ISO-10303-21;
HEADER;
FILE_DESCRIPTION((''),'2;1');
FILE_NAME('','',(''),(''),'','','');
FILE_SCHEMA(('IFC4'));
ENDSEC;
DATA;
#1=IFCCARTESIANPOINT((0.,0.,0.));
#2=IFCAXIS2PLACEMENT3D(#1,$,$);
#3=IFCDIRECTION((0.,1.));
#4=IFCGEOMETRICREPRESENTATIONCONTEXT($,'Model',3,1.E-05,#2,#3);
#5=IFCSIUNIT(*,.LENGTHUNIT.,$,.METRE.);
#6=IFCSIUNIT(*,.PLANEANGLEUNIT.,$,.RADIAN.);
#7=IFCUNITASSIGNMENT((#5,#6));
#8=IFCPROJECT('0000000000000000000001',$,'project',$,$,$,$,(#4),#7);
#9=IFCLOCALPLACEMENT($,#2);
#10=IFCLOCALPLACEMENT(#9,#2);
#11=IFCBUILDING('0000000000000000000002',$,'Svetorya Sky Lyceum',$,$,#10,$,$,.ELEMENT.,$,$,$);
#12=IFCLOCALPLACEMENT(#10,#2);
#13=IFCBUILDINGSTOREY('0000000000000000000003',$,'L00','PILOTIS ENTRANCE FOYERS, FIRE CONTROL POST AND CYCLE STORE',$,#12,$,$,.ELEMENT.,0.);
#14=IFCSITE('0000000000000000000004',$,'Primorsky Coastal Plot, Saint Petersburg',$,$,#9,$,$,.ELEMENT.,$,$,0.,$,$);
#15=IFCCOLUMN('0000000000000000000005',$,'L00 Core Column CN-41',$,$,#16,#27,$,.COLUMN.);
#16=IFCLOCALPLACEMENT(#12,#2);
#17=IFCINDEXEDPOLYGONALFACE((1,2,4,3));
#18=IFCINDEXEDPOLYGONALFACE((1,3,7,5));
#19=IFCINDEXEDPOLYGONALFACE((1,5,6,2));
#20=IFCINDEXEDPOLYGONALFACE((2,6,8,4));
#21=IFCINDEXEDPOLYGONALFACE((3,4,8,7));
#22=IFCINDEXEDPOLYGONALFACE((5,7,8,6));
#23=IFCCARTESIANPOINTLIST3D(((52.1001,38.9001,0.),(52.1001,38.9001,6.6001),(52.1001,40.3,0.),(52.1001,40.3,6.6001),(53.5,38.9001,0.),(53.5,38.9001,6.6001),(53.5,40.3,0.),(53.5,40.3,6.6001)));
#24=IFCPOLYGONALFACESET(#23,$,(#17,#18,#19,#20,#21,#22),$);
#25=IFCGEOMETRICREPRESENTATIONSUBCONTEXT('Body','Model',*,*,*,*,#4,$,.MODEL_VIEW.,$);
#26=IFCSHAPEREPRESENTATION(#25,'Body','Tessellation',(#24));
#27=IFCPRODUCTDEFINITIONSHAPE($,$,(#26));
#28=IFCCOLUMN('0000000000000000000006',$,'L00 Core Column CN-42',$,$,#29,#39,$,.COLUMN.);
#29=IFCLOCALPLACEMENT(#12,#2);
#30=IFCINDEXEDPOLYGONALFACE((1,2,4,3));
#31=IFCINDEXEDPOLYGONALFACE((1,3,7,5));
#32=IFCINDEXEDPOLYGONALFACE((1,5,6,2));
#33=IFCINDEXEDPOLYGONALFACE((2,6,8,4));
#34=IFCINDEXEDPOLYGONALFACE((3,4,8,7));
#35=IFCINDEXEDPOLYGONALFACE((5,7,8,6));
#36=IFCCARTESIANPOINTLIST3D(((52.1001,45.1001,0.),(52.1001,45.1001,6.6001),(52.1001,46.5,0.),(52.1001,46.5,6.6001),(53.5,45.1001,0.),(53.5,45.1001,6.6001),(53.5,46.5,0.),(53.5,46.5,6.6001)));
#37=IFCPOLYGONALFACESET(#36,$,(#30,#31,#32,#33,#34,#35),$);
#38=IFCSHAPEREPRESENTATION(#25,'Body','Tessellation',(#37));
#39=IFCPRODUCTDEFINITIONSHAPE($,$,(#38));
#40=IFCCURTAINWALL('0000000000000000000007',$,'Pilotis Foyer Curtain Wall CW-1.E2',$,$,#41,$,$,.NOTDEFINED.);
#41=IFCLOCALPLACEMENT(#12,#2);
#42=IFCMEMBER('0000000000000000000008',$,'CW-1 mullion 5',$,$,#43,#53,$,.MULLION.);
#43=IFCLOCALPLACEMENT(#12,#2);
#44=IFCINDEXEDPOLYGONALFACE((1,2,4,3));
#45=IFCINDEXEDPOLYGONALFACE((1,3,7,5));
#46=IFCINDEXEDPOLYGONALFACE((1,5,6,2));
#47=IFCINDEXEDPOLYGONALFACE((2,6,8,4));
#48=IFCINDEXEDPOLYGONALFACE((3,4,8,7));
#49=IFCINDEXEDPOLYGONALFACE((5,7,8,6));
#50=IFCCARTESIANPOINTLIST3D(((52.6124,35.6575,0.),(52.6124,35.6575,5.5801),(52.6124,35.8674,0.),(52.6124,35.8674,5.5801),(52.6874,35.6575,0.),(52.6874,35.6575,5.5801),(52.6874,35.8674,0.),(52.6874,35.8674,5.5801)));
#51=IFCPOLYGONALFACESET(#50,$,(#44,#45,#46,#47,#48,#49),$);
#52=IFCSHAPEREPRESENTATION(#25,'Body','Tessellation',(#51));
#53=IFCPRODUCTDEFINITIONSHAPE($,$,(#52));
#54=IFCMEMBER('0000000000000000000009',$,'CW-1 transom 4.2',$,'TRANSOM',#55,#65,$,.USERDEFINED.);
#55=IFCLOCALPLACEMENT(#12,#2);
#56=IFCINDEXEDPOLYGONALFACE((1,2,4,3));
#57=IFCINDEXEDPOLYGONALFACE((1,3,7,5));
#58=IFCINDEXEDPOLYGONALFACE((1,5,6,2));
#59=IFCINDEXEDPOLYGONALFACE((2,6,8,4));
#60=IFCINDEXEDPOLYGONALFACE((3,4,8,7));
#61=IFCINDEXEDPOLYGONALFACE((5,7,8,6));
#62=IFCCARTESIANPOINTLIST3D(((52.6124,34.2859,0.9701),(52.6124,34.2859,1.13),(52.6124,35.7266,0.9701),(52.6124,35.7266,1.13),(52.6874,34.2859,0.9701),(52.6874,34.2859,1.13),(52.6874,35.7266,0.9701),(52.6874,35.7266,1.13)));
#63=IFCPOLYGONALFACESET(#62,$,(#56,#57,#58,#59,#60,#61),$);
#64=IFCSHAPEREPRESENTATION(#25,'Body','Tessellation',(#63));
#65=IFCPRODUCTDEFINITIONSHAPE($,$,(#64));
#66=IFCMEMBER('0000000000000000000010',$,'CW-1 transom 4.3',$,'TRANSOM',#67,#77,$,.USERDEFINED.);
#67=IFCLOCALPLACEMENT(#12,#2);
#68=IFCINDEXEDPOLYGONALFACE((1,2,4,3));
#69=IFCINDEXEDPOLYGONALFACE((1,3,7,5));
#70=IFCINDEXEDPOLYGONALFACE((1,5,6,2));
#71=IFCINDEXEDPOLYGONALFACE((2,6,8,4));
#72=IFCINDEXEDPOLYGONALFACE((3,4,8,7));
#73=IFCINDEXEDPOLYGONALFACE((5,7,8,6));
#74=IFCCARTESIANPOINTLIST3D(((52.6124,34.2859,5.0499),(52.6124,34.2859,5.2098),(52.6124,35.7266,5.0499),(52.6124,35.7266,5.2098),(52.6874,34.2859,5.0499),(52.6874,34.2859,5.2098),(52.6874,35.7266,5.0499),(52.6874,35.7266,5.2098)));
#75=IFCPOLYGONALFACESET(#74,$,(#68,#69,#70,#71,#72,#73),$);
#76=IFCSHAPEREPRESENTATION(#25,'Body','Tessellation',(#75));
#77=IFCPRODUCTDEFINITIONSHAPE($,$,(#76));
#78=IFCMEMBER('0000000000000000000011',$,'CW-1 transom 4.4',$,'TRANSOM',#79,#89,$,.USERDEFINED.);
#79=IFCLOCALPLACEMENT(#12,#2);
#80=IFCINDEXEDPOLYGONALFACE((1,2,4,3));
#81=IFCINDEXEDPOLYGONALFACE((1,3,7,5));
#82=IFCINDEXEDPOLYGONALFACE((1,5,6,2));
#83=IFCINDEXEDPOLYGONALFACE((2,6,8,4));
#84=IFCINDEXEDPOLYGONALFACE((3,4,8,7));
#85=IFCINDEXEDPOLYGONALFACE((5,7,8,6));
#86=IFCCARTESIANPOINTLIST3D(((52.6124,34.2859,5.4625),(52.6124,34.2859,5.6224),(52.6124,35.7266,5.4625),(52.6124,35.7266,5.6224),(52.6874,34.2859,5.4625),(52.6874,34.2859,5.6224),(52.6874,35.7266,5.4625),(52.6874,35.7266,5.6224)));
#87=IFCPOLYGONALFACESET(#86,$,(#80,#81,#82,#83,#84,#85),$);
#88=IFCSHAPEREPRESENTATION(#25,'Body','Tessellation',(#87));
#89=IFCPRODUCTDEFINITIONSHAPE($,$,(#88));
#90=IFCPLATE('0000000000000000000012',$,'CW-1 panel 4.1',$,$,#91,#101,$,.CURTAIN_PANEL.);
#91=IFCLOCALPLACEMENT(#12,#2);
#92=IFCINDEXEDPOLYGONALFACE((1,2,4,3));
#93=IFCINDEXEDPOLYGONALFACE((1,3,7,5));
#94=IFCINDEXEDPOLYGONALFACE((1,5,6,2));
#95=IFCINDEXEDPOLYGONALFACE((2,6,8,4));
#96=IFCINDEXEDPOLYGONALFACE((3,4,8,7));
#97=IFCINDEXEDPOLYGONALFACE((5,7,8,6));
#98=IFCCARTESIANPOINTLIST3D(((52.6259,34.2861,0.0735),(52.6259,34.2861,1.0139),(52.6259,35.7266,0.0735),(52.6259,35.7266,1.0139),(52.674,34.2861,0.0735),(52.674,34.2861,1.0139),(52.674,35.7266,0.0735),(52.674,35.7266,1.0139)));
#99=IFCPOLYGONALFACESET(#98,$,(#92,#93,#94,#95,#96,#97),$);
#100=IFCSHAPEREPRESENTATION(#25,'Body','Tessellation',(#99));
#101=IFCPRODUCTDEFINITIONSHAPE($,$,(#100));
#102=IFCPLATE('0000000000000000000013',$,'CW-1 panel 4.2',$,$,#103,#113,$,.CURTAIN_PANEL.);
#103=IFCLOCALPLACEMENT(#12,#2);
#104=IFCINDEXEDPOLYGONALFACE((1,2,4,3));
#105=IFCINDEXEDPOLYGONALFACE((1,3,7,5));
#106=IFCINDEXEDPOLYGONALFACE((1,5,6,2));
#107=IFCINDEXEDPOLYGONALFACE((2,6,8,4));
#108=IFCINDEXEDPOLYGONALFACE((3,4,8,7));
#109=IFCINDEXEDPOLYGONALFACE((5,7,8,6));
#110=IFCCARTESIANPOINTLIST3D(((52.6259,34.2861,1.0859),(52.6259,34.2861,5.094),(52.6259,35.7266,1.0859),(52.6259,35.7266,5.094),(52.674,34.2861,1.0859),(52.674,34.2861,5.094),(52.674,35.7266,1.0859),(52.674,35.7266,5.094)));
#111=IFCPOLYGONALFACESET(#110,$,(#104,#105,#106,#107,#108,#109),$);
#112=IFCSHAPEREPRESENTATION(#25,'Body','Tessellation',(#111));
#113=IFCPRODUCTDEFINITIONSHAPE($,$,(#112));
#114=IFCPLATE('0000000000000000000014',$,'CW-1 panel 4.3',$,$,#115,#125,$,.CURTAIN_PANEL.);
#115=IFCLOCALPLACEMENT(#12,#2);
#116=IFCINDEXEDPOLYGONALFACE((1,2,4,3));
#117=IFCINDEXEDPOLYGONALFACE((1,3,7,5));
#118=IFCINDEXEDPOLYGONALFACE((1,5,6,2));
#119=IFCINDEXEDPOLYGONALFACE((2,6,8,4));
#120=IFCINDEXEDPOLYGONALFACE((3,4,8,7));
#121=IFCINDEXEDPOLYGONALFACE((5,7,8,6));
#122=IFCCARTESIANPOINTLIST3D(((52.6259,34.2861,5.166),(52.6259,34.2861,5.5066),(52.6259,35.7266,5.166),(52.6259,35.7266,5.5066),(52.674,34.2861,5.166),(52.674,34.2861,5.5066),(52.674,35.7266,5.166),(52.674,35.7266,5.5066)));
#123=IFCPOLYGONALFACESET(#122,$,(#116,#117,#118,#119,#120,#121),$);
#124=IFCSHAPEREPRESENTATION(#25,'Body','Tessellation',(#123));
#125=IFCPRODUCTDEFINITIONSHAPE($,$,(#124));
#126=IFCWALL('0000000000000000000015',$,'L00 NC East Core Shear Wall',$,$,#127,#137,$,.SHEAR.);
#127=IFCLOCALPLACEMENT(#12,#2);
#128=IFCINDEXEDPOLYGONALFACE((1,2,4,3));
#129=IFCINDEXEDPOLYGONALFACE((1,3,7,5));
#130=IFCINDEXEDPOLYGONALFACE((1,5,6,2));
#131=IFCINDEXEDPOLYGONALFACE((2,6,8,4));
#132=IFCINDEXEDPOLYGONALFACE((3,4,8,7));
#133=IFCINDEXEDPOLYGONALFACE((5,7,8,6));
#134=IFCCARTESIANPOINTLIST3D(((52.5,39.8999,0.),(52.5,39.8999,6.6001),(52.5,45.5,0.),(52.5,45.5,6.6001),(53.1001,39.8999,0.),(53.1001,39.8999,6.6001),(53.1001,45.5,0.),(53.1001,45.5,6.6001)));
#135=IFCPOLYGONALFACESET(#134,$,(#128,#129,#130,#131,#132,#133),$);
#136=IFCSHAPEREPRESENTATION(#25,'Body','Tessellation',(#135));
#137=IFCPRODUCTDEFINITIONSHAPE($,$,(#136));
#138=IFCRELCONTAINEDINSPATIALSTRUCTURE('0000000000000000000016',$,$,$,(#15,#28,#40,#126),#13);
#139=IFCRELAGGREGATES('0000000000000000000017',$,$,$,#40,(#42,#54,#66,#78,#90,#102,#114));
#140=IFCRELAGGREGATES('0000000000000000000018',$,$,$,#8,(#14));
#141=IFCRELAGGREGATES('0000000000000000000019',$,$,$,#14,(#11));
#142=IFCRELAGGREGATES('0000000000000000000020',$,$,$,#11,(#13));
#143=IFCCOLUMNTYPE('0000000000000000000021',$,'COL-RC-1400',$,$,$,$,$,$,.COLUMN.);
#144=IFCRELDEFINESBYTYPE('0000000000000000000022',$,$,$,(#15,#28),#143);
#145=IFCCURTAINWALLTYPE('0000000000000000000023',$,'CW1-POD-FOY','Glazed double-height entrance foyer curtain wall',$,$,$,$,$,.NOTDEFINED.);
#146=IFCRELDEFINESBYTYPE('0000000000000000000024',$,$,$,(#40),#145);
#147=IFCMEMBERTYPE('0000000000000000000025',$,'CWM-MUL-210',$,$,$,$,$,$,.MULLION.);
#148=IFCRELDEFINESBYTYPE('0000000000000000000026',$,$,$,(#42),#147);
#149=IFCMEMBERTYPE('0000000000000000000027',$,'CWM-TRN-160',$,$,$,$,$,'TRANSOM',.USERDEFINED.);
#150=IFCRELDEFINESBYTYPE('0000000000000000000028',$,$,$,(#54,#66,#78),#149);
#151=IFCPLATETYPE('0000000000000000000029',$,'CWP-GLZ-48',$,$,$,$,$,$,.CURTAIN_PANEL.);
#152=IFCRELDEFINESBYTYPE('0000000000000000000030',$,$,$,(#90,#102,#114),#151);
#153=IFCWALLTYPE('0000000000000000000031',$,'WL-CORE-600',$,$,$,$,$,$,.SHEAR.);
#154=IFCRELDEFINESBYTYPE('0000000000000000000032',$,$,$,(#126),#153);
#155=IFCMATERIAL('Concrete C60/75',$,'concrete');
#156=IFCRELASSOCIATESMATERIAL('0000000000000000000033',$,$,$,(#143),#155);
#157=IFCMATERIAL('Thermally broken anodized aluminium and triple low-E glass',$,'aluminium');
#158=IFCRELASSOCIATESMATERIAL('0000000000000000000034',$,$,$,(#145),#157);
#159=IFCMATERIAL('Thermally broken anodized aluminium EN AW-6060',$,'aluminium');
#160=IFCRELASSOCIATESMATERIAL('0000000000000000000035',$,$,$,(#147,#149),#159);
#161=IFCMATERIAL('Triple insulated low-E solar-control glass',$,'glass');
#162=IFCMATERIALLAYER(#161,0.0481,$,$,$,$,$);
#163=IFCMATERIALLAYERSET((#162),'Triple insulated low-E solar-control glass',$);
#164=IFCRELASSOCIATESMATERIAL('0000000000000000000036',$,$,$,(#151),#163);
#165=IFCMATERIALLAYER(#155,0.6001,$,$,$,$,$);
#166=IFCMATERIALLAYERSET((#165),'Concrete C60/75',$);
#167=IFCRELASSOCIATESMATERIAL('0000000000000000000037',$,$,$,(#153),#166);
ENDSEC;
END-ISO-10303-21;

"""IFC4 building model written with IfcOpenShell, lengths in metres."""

from ifc_helpers import new_model, si_unit, direction, frame, frame_2d, origin, origin_2d, place, context, subcontext, project, spatial, rectangle, extrude, material, layer, layer_set, material_profile, profile_set, type_object, element, aggregate, save


model = new_model("IFC4")

# Units and contexts
model_context = context("Model", 3, precision=1e-05, world=origin(), true_north=direction((0.0, 1.0)))
body_context = subcontext(model_context, "Body", "Model", "MODEL_VIEW")
ifc_project = project(units=[si_unit("LENGTHUNIT", "METRE"), si_unit("PLANEANGLEUNIT", "RADIAN")], contexts=[model_context])

# Site, building, storey
site_placement = place(None, origin())
site = spatial("IfcSite", under=ifc_project, at=site_placement, Name="Primorsky Coastal Plot, Saint Petersburg", CompositionType="ELEMENT", RefElevation=0.0)
building_placement = place(site_placement, origin())
building = spatial("IfcBuilding", under=site, at=building_placement, Name="Svetorya Sky Lyceum", CompositionType="ELEMENT")
storey_placement = place(building_placement, origin())
storey = spatial("IfcBuildingStorey", under=building, at=storey_placement, Name="L00", Description="PILOTIS ENTRANCE FOYERS, FIRE CONTROL POST AND CYCLE STORE", CompositionType="ELEMENT", Elevation=0.0)

# Columns
ifc_material_1 = material(Name="Concrete C60/75", Category="concrete")
ifc_material_profile_1 = material_profile(ifc_material_1, rectangle(XDim=1.3999, YDim=1.3999, at=origin_2d()), Name="RC COL 1400x1400")
ifc_profile_set_1 = profile_set([ifc_material_profile_1], Name="Concrete C60/75")
column_type = type_object("IfcColumnType", Name="COL-RC-1400", PredefinedType="COLUMN", material=ifc_profile_set_1)
for number, where, z_axis, x_axis, name in (
    (1, (52.8, 39.6001, 0.0), (0.0, 0.0, 1.0), (1.0, 0.0, 0.0), "L00 Core Column CN-41"),
    (2, (52.8, 45.8, 0.0), (0.0, 0.0, 1.0), (1.0, 0.0, 0.0), "L00 Core Column CN-42"),
):
    element("IfcColumn", number, at=place(storey_placement, frame(where, z_axis=z_axis, x_axis=x_axis)), inside=storey, type_object=column_type, Name=name, PredefinedType="COLUMN", context=body_context, shape_type="SweptSolid", body=[
        extrude(rectangle(XDim=1.3999, YDim=1.3999, at=origin_2d()), origin(), (0.0, 0.0, 1.0), 6.6001),
    ])

# Curtain wall, members, plates
ifc_material_2 = material(Name="Thermally broken anodized aluminium and triple low-E glass", Category="aluminium")
curtain_wall_type = type_object("IfcCurtainWallType", Name="CW1-POD-FOY", Description="Glazed double-height entrance foyer curtain wall", PredefinedType="NOTDEFINED", material=ifc_material_2)
curtain_wall_placement = place(storey_placement, origin())
curtain_wall = element("IfcCurtainWall", 3, at=curtain_wall_placement, inside=storey, type_object=curtain_wall_type, Name="Pilotis Foyer Curtain Wall CW-1.E2", PredefinedType="NOTDEFINED")
ifc_material_3 = material(Name="Thermally broken anodized aluminium EN AW-6060", Category="aluminium")
ifc_material_profile_2 = material_profile(ifc_material_3, rectangle(XDim=0.075, YDim=0.21, at=origin_2d()), Name="ALU MULLION 75x210")
ifc_profile_set_2 = profile_set([ifc_material_profile_2], Name="Thermally broken anodized aluminium EN AW-6060")
member_type_1 = type_object("IfcMemberType", Name="CWM-MUL-210", PredefinedType="MULLION", material=ifc_profile_set_2)
member_1_placement = place(storey_placement, frame((52.6499, 35.7625, 0.0), z_axis=(0.0, 0.0, 1.0), x_axis=(-1.0, 0.0, 0.0)))
member_1 = element("IfcMember", 4, at=member_1_placement, type_object=member_type_1, Name="CW-1 mullion 5", PredefinedType="MULLION", context=body_context, shape_type="SweptSolid", body=[
    extrude(rectangle(XDim=0.075, YDim=0.21, at=origin_2d()), origin(), (0.0, 0.0, 1.0), 5.5801),
])
ifc_material_profile_3 = material_profile(ifc_material_3, rectangle(XDim=0.075, YDim=0.1599, at=origin_2d()), Name="ALU TRANSOM 75x160")
ifc_profile_set_3 = profile_set([ifc_material_profile_3], Name="Thermally broken anodized aluminium EN AW-6060")
member_type_2 = type_object("IfcMemberType", Name="CWM-TRN-160", ElementType="TRANSOM", PredefinedType="USERDEFINED", material=ifc_profile_set_3)
member_2_placement = place(storey_placement, frame((52.6499, 34.2859, 1.05), z_axis=(0.0, 1.0, 0.0), x_axis=(-1.0, 0.0, 0.0)))
member_2 = element("IfcMember", 5, at=member_2_placement, type_object=member_type_2, Name="CW-1 transom 4.2", ObjectType="TRANSOM", PredefinedType="USERDEFINED", context=body_context, shape_type="SweptSolid", body=[
    extrude(rectangle(XDim=0.075, YDim=0.1599, at=origin_2d()), origin(), (0.0, 0.0, 1.0), 1.4407),
])
member_3_placement = place(storey_placement, frame((52.6499, 34.2859, 5.1299), z_axis=(0.0, 1.0, 0.0), x_axis=(-1.0, 0.0, 0.0)))
member_3 = element("IfcMember", 6, at=member_3_placement, type_object=member_type_2, Name="CW-1 transom 4.3", ObjectType="TRANSOM", PredefinedType="USERDEFINED", context=body_context, shape_type="SweptSolid", body=[
    extrude(rectangle(XDim=0.075, YDim=0.1599, at=origin_2d()), origin(), (0.0, 0.0, 1.0), 1.4407),
])
member_4_placement = place(storey_placement, frame((52.6499, 34.2859, 5.5425), z_axis=(0.0, 1.0, 0.0), x_axis=(-1.0, 0.0, 0.0)))
member_4 = element("IfcMember", 7, at=member_4_placement, type_object=member_type_2, Name="CW-1 transom 4.4", ObjectType="TRANSOM", PredefinedType="USERDEFINED", context=body_context, shape_type="SweptSolid", body=[
    extrude(rectangle(XDim=0.075, YDim=0.1599, at=origin_2d()), origin(), (0.0, 0.0, 1.0), 1.4407),
])
ifc_material_4 = material(Name="Triple insulated low-E solar-control glass", Category="glass")
ifc_layer_1 = layer(ifc_material_4, 0.0481)
ifc_layer_set_1 = layer_set([ifc_layer_1], Name="Triple insulated low-E solar-control glass")
plate_type = type_object("IfcPlateType", Name="CWP-GLZ-48", PredefinedType="CURTAIN_PANEL", material=ifc_layer_set_1)
plate_1_placement = place(storey_placement, frame((52.6499, 35.0063, 0.0735), z_axis=(0.0, 0.0, 1.0), x_axis=(0.0, 1.0, 0.0)))
plate_1 = element("IfcPlate", 8, at=plate_1_placement, type_object=plate_type, Name="CW-1 panel 4.1", PredefinedType="CURTAIN_PANEL", context=body_context, shape_type="SweptSolid", body=[
    extrude(rectangle(XDim=1.4404, YDim=0.0481, at=origin_2d()), origin(), (0.0, 0.0, 1.0), 0.9404),
])
plate_2_placement = place(storey_placement, frame((52.6499, 35.0063, 1.0859), z_axis=(0.0, 0.0, 1.0), x_axis=(0.0, 1.0, 0.0)))
plate_2 = element("IfcPlate", 9, at=plate_2_placement, type_object=plate_type, Name="CW-1 panel 4.2", PredefinedType="CURTAIN_PANEL", context=body_context, shape_type="SweptSolid", body=[
    extrude(rectangle(XDim=1.4404, YDim=0.0481, at=origin_2d()), origin(), (0.0, 0.0, 1.0), 4.0081),
])
plate_3_placement = place(storey_placement, frame((52.6499, 35.0063, 5.166), z_axis=(0.0, 0.0, 1.0), x_axis=(0.0, 1.0, 0.0)))
plate_3 = element("IfcPlate", 10, at=plate_3_placement, type_object=plate_type, Name="CW-1 panel 4.3", PredefinedType="CURTAIN_PANEL", context=body_context, shape_type="SweptSolid", body=[
    extrude(rectangle(XDim=1.4404, YDim=0.0481, at=origin_2d()), origin(), (0.0, 0.0, 1.0), 0.3406),
])
aggregate(curtain_wall, [member_1, member_2, member_3, member_4, plate_1, plate_2, plate_3])

# Wall
ifc_layer_2 = layer(ifc_material_1, 0.6001)
ifc_layer_set_2 = layer_set([ifc_layer_2], Name="Concrete C60/75")
wall_type_1 = type_object("IfcWallType", Name="WL-CORE-600", PredefinedType="SHEAR", material=ifc_layer_set_2)
wall_1_placement = place(storey_placement, frame((52.8, 39.8999, 0.0), z_axis=(0.0, 0.0, 1.0), x_axis=(0.0, 1.0, 0.0)))
element("IfcWall", 11, at=wall_1_placement, inside=storey, type_object=wall_type_1, Name="L00 NC East Core Shear Wall", PredefinedType="SHEAR", context=body_context, shape_type="SweptSolid", body=[
    extrude(rectangle(XDim=5.6001, YDim=0.6001, at=frame_2d((2.8, 0.0))), origin(), (0.0, 0.0, 1.0), 6.6001),
])

save(model, "model.ifc")
